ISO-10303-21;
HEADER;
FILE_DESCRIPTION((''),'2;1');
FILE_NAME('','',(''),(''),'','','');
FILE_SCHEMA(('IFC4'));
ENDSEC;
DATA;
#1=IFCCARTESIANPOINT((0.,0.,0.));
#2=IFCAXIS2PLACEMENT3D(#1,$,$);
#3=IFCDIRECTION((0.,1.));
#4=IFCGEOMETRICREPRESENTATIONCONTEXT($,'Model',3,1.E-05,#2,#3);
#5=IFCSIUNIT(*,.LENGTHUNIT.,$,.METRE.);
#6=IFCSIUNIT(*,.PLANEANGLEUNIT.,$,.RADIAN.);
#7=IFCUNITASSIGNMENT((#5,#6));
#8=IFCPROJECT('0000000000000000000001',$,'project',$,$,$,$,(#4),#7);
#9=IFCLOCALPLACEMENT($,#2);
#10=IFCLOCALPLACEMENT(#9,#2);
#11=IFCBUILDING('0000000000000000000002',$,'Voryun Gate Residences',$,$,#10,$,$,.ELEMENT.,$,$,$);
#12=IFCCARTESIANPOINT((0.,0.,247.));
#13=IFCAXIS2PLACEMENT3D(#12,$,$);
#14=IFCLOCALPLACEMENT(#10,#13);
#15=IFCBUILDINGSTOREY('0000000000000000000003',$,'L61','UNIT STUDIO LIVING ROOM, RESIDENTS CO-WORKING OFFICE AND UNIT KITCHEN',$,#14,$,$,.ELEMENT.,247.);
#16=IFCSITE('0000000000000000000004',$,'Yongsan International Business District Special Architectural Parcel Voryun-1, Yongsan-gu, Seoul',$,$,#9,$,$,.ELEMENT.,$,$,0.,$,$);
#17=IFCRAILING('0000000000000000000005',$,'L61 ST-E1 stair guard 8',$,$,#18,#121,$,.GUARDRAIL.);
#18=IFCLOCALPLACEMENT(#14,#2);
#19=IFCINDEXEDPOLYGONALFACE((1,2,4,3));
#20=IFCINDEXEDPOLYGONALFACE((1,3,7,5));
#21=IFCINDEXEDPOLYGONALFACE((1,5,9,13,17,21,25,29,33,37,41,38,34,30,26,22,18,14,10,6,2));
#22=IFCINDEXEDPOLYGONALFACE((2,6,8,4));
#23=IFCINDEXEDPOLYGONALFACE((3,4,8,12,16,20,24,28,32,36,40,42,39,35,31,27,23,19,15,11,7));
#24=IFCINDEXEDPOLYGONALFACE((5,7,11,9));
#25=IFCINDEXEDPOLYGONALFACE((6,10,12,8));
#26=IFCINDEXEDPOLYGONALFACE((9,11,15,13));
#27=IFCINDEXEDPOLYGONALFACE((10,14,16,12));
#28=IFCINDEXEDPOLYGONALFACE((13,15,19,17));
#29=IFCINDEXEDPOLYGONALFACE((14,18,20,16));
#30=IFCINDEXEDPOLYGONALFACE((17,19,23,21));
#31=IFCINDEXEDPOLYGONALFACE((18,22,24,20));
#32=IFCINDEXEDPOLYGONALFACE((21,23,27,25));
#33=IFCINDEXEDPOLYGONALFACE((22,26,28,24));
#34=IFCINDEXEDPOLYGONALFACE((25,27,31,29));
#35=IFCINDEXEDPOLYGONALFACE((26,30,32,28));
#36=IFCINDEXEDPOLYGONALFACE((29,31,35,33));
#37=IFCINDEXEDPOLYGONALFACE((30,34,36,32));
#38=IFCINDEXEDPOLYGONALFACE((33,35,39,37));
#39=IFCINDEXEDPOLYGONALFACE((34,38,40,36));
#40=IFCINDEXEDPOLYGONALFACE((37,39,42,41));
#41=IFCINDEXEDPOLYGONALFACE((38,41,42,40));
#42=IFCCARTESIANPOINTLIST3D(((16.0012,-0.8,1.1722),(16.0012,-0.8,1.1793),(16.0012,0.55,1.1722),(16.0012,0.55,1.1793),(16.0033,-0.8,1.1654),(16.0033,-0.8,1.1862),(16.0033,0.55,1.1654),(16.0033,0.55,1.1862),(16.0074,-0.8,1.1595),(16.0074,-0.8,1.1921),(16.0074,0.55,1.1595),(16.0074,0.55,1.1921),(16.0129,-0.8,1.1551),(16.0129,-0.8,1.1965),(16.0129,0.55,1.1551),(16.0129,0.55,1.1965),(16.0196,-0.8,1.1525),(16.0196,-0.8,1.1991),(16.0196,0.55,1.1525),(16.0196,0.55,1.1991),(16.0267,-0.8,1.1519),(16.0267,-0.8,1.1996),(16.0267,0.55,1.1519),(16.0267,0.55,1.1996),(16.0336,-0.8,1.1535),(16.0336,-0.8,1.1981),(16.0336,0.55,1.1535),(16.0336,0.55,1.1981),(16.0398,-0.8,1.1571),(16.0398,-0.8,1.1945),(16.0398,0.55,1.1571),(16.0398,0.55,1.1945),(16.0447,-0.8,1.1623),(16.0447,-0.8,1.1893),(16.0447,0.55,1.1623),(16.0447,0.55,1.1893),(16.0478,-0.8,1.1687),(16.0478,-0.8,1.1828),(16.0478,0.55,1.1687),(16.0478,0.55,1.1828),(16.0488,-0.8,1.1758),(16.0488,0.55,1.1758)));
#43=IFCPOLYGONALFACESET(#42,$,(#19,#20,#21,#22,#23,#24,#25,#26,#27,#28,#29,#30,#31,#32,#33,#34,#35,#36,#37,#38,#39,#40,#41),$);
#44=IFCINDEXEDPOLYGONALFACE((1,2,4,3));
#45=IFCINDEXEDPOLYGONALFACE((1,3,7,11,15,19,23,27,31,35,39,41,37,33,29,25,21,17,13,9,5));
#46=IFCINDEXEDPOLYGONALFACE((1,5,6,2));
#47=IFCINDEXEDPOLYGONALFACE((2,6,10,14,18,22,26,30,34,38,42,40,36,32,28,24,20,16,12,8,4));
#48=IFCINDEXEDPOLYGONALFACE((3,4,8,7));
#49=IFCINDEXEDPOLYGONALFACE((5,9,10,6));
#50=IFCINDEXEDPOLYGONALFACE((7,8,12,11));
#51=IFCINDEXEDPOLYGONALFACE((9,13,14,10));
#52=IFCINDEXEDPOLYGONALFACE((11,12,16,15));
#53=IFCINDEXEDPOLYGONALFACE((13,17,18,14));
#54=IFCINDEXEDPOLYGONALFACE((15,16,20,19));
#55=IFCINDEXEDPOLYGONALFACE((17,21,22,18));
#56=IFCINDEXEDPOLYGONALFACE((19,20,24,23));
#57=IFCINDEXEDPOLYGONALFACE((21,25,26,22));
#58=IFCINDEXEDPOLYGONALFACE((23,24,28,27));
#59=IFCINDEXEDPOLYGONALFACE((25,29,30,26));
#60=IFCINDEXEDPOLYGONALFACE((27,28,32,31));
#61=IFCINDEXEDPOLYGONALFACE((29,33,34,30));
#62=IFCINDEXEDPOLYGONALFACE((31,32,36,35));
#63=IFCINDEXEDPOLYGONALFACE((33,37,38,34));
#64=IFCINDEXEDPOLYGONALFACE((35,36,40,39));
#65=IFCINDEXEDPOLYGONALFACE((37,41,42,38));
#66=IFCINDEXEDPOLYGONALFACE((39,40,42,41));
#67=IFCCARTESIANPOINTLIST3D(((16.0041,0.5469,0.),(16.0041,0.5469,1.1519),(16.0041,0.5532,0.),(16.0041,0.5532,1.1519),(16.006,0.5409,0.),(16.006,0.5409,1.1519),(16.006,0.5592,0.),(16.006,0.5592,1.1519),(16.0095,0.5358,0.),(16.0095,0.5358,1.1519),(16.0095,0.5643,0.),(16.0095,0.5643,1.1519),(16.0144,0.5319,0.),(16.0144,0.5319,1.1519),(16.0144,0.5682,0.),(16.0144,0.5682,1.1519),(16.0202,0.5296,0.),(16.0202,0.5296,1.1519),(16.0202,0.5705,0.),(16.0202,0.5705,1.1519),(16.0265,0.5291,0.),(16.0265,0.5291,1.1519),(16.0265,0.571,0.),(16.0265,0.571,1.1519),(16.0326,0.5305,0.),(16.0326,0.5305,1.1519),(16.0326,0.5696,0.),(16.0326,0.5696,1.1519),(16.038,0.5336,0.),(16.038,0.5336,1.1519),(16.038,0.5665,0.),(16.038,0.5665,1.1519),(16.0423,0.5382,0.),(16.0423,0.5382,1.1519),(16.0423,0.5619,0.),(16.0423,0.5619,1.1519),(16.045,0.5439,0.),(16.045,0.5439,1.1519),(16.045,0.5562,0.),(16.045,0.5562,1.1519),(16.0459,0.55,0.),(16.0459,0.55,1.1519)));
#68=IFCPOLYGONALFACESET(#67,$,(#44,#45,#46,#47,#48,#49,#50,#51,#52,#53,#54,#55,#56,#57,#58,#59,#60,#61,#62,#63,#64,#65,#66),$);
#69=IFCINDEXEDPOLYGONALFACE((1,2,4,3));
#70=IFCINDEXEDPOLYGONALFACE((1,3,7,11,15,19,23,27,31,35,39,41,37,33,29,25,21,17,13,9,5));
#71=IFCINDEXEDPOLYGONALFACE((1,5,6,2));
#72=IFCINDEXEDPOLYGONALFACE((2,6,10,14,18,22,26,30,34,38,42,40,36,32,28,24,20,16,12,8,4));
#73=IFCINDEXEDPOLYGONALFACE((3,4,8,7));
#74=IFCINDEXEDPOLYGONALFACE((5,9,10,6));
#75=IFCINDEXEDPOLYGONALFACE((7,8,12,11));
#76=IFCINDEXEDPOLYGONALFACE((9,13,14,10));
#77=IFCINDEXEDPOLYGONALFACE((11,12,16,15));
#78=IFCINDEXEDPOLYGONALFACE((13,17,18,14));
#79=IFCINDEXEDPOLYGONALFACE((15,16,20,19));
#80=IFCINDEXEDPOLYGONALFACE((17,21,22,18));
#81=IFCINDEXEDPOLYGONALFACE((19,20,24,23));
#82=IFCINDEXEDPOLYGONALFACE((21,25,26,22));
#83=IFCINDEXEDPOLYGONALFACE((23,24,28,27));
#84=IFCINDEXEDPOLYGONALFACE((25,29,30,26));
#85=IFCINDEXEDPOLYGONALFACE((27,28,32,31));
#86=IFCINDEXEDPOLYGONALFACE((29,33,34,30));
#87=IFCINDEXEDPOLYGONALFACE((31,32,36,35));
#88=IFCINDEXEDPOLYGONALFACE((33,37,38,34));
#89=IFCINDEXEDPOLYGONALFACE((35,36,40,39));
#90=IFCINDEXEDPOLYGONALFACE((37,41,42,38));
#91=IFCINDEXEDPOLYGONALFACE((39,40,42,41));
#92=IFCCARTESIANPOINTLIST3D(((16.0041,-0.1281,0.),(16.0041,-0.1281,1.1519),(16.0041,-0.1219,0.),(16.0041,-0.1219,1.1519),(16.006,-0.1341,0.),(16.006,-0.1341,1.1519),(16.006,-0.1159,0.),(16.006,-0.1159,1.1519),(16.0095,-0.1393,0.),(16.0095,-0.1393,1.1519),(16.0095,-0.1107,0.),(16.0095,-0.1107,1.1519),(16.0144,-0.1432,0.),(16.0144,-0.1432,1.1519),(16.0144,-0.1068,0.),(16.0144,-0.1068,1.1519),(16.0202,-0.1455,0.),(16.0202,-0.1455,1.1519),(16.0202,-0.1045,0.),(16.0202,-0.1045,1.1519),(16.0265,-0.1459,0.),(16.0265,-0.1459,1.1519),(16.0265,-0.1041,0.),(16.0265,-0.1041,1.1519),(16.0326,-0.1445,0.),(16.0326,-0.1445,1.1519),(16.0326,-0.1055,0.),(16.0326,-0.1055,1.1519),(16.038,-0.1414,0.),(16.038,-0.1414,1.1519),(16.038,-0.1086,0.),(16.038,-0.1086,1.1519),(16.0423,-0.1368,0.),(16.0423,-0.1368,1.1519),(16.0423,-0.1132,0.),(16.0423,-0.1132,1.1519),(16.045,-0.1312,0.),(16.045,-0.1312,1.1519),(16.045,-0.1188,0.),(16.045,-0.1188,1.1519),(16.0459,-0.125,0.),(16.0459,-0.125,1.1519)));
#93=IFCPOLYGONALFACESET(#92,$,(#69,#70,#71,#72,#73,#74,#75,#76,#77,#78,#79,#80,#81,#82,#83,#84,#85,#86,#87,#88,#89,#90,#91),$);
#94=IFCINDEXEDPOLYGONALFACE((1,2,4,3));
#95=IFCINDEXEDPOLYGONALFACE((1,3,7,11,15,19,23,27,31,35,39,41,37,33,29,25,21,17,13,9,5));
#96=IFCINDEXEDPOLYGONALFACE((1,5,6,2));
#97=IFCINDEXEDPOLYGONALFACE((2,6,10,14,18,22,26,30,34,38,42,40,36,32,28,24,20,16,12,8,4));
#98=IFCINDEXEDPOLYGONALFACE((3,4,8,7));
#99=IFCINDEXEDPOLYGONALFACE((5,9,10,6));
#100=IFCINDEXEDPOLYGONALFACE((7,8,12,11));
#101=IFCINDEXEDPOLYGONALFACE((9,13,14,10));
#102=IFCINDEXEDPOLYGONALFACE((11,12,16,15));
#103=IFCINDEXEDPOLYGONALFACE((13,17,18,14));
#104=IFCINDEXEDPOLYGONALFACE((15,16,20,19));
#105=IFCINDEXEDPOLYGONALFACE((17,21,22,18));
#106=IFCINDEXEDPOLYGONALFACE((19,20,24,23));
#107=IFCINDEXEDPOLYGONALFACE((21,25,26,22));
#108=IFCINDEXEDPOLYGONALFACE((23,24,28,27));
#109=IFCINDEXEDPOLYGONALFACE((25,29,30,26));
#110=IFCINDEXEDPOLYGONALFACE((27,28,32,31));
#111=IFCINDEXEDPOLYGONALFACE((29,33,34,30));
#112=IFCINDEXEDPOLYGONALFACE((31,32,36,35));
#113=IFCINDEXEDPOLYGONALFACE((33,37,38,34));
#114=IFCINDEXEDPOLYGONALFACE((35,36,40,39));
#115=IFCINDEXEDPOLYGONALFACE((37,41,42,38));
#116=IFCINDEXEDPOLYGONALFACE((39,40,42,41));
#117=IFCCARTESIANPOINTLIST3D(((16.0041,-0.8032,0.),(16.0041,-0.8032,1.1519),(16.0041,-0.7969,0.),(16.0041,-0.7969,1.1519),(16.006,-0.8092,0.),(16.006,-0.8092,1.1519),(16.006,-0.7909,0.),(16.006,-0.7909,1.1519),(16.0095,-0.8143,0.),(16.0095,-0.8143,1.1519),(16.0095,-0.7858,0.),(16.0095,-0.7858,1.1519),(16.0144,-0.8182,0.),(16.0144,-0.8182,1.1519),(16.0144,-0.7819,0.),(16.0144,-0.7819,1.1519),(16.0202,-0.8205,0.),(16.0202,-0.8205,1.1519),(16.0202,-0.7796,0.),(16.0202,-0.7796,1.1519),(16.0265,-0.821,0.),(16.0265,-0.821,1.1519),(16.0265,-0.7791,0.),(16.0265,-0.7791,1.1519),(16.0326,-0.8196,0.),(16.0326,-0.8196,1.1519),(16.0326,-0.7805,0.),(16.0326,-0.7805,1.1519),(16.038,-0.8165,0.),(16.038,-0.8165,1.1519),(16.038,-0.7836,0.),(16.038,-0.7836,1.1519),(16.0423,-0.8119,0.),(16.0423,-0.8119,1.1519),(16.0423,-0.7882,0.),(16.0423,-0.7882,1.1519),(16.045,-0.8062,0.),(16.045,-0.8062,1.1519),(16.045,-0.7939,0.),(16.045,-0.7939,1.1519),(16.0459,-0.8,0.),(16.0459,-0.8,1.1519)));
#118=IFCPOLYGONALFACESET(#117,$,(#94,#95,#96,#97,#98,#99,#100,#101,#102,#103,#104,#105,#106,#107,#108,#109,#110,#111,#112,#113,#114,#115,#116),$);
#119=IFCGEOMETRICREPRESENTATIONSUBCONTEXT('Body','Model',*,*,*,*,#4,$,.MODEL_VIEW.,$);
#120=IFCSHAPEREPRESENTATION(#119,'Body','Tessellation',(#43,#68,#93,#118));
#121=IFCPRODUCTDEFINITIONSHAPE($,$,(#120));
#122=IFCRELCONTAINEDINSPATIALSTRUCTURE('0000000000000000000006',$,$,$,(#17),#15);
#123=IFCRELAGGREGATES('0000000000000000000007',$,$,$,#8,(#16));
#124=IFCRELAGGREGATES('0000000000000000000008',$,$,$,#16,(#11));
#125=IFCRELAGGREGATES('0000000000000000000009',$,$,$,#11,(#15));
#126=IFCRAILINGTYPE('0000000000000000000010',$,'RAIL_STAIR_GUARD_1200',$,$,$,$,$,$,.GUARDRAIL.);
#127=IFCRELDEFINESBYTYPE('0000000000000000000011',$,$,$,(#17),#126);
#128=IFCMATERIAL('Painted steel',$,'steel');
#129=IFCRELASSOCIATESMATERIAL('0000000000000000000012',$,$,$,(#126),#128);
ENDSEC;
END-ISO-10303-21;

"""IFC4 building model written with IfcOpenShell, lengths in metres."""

from ifc_helpers import new_model, si_unit, direction, frame, origin, origin_2d, place, context, subcontext, project, spatial, circle, extrude, material, type_object, element, save


model = new_model("IFC4")

# Units and contexts
model_context = context("Model", 3, precision=1e-05, world=origin(), true_north=direction((0.0, 1.0)))
body_context = subcontext(model_context, "Body", "Model", "MODEL_VIEW")
ifc_project = project(units=[si_unit("LENGTHUNIT", "METRE"), si_unit("PLANEANGLEUNIT", "RADIAN")], contexts=[model_context])

# Site, building, storey
site_placement = place(None, origin())
site = spatial("IfcSite", under=ifc_project, at=site_placement, Name="Yongsan International Business District Special Architectural Parcel Voryun-1, Yongsan-gu, Seoul", CompositionType="ELEMENT", RefElevation=0.0)
building_placement = place(site_placement, origin())
building = spatial("IfcBuilding", under=site, at=building_placement, Name="Voryun Gate Residences", CompositionType="ELEMENT")
storey_placement = place(building_placement, frame((0.0, 0.0, 247.0)))
storey = spatial("IfcBuildingStorey", under=building, at=storey_placement, Name="L61", Description="UNIT STUDIO LIVING ROOM, RESIDENTS CO-WORKING OFFICE AND UNIT KITCHEN", CompositionType="ELEMENT", Elevation=247.0)

# Railing
ifc_material_1 = material(Name="Painted steel", Category="steel")
railing_type = type_object("IfcRailingType", Name="RAIL_STAIR_GUARD_1200", PredefinedType="GUARDRAIL", material=ifc_material_1)
railing_placement = place(storey_placement, frame((16.0249, 0.55, 0.0)))
element("IfcRailing", 1, at=railing_placement, inside=storey, type_object=railing_type, Name="L61 ST-E1 stair guard 8", PredefinedType="GUARDRAIL", context=body_context, shape_type="SweptSolid", body=[
    extrude(circle(Radius=0.0239, at=origin_2d()), frame((0.0, 0.0, 1.1758), z_axis=(0.0, -1.0, 0.0), x_axis=(1.0, 0.0, 0.0)), (0.0, 0.0, 1.0), 1.3501),
    extrude(circle(Radius=0.021, at=origin_2d()), origin(), (0.0, 0.0, 1.0), 1.1519),
    extrude(circle(Radius=0.021, at=origin_2d()), frame((0.0, -0.675, 0.0)), (0.0, 0.0, 1.0), 1.1519),
    extrude(circle(Radius=0.021, at=origin_2d()), frame((0.0, -1.3501, 0.0)), (0.0, 0.0, 1.0), 1.1519),
])

save(model, "model.ifc")
